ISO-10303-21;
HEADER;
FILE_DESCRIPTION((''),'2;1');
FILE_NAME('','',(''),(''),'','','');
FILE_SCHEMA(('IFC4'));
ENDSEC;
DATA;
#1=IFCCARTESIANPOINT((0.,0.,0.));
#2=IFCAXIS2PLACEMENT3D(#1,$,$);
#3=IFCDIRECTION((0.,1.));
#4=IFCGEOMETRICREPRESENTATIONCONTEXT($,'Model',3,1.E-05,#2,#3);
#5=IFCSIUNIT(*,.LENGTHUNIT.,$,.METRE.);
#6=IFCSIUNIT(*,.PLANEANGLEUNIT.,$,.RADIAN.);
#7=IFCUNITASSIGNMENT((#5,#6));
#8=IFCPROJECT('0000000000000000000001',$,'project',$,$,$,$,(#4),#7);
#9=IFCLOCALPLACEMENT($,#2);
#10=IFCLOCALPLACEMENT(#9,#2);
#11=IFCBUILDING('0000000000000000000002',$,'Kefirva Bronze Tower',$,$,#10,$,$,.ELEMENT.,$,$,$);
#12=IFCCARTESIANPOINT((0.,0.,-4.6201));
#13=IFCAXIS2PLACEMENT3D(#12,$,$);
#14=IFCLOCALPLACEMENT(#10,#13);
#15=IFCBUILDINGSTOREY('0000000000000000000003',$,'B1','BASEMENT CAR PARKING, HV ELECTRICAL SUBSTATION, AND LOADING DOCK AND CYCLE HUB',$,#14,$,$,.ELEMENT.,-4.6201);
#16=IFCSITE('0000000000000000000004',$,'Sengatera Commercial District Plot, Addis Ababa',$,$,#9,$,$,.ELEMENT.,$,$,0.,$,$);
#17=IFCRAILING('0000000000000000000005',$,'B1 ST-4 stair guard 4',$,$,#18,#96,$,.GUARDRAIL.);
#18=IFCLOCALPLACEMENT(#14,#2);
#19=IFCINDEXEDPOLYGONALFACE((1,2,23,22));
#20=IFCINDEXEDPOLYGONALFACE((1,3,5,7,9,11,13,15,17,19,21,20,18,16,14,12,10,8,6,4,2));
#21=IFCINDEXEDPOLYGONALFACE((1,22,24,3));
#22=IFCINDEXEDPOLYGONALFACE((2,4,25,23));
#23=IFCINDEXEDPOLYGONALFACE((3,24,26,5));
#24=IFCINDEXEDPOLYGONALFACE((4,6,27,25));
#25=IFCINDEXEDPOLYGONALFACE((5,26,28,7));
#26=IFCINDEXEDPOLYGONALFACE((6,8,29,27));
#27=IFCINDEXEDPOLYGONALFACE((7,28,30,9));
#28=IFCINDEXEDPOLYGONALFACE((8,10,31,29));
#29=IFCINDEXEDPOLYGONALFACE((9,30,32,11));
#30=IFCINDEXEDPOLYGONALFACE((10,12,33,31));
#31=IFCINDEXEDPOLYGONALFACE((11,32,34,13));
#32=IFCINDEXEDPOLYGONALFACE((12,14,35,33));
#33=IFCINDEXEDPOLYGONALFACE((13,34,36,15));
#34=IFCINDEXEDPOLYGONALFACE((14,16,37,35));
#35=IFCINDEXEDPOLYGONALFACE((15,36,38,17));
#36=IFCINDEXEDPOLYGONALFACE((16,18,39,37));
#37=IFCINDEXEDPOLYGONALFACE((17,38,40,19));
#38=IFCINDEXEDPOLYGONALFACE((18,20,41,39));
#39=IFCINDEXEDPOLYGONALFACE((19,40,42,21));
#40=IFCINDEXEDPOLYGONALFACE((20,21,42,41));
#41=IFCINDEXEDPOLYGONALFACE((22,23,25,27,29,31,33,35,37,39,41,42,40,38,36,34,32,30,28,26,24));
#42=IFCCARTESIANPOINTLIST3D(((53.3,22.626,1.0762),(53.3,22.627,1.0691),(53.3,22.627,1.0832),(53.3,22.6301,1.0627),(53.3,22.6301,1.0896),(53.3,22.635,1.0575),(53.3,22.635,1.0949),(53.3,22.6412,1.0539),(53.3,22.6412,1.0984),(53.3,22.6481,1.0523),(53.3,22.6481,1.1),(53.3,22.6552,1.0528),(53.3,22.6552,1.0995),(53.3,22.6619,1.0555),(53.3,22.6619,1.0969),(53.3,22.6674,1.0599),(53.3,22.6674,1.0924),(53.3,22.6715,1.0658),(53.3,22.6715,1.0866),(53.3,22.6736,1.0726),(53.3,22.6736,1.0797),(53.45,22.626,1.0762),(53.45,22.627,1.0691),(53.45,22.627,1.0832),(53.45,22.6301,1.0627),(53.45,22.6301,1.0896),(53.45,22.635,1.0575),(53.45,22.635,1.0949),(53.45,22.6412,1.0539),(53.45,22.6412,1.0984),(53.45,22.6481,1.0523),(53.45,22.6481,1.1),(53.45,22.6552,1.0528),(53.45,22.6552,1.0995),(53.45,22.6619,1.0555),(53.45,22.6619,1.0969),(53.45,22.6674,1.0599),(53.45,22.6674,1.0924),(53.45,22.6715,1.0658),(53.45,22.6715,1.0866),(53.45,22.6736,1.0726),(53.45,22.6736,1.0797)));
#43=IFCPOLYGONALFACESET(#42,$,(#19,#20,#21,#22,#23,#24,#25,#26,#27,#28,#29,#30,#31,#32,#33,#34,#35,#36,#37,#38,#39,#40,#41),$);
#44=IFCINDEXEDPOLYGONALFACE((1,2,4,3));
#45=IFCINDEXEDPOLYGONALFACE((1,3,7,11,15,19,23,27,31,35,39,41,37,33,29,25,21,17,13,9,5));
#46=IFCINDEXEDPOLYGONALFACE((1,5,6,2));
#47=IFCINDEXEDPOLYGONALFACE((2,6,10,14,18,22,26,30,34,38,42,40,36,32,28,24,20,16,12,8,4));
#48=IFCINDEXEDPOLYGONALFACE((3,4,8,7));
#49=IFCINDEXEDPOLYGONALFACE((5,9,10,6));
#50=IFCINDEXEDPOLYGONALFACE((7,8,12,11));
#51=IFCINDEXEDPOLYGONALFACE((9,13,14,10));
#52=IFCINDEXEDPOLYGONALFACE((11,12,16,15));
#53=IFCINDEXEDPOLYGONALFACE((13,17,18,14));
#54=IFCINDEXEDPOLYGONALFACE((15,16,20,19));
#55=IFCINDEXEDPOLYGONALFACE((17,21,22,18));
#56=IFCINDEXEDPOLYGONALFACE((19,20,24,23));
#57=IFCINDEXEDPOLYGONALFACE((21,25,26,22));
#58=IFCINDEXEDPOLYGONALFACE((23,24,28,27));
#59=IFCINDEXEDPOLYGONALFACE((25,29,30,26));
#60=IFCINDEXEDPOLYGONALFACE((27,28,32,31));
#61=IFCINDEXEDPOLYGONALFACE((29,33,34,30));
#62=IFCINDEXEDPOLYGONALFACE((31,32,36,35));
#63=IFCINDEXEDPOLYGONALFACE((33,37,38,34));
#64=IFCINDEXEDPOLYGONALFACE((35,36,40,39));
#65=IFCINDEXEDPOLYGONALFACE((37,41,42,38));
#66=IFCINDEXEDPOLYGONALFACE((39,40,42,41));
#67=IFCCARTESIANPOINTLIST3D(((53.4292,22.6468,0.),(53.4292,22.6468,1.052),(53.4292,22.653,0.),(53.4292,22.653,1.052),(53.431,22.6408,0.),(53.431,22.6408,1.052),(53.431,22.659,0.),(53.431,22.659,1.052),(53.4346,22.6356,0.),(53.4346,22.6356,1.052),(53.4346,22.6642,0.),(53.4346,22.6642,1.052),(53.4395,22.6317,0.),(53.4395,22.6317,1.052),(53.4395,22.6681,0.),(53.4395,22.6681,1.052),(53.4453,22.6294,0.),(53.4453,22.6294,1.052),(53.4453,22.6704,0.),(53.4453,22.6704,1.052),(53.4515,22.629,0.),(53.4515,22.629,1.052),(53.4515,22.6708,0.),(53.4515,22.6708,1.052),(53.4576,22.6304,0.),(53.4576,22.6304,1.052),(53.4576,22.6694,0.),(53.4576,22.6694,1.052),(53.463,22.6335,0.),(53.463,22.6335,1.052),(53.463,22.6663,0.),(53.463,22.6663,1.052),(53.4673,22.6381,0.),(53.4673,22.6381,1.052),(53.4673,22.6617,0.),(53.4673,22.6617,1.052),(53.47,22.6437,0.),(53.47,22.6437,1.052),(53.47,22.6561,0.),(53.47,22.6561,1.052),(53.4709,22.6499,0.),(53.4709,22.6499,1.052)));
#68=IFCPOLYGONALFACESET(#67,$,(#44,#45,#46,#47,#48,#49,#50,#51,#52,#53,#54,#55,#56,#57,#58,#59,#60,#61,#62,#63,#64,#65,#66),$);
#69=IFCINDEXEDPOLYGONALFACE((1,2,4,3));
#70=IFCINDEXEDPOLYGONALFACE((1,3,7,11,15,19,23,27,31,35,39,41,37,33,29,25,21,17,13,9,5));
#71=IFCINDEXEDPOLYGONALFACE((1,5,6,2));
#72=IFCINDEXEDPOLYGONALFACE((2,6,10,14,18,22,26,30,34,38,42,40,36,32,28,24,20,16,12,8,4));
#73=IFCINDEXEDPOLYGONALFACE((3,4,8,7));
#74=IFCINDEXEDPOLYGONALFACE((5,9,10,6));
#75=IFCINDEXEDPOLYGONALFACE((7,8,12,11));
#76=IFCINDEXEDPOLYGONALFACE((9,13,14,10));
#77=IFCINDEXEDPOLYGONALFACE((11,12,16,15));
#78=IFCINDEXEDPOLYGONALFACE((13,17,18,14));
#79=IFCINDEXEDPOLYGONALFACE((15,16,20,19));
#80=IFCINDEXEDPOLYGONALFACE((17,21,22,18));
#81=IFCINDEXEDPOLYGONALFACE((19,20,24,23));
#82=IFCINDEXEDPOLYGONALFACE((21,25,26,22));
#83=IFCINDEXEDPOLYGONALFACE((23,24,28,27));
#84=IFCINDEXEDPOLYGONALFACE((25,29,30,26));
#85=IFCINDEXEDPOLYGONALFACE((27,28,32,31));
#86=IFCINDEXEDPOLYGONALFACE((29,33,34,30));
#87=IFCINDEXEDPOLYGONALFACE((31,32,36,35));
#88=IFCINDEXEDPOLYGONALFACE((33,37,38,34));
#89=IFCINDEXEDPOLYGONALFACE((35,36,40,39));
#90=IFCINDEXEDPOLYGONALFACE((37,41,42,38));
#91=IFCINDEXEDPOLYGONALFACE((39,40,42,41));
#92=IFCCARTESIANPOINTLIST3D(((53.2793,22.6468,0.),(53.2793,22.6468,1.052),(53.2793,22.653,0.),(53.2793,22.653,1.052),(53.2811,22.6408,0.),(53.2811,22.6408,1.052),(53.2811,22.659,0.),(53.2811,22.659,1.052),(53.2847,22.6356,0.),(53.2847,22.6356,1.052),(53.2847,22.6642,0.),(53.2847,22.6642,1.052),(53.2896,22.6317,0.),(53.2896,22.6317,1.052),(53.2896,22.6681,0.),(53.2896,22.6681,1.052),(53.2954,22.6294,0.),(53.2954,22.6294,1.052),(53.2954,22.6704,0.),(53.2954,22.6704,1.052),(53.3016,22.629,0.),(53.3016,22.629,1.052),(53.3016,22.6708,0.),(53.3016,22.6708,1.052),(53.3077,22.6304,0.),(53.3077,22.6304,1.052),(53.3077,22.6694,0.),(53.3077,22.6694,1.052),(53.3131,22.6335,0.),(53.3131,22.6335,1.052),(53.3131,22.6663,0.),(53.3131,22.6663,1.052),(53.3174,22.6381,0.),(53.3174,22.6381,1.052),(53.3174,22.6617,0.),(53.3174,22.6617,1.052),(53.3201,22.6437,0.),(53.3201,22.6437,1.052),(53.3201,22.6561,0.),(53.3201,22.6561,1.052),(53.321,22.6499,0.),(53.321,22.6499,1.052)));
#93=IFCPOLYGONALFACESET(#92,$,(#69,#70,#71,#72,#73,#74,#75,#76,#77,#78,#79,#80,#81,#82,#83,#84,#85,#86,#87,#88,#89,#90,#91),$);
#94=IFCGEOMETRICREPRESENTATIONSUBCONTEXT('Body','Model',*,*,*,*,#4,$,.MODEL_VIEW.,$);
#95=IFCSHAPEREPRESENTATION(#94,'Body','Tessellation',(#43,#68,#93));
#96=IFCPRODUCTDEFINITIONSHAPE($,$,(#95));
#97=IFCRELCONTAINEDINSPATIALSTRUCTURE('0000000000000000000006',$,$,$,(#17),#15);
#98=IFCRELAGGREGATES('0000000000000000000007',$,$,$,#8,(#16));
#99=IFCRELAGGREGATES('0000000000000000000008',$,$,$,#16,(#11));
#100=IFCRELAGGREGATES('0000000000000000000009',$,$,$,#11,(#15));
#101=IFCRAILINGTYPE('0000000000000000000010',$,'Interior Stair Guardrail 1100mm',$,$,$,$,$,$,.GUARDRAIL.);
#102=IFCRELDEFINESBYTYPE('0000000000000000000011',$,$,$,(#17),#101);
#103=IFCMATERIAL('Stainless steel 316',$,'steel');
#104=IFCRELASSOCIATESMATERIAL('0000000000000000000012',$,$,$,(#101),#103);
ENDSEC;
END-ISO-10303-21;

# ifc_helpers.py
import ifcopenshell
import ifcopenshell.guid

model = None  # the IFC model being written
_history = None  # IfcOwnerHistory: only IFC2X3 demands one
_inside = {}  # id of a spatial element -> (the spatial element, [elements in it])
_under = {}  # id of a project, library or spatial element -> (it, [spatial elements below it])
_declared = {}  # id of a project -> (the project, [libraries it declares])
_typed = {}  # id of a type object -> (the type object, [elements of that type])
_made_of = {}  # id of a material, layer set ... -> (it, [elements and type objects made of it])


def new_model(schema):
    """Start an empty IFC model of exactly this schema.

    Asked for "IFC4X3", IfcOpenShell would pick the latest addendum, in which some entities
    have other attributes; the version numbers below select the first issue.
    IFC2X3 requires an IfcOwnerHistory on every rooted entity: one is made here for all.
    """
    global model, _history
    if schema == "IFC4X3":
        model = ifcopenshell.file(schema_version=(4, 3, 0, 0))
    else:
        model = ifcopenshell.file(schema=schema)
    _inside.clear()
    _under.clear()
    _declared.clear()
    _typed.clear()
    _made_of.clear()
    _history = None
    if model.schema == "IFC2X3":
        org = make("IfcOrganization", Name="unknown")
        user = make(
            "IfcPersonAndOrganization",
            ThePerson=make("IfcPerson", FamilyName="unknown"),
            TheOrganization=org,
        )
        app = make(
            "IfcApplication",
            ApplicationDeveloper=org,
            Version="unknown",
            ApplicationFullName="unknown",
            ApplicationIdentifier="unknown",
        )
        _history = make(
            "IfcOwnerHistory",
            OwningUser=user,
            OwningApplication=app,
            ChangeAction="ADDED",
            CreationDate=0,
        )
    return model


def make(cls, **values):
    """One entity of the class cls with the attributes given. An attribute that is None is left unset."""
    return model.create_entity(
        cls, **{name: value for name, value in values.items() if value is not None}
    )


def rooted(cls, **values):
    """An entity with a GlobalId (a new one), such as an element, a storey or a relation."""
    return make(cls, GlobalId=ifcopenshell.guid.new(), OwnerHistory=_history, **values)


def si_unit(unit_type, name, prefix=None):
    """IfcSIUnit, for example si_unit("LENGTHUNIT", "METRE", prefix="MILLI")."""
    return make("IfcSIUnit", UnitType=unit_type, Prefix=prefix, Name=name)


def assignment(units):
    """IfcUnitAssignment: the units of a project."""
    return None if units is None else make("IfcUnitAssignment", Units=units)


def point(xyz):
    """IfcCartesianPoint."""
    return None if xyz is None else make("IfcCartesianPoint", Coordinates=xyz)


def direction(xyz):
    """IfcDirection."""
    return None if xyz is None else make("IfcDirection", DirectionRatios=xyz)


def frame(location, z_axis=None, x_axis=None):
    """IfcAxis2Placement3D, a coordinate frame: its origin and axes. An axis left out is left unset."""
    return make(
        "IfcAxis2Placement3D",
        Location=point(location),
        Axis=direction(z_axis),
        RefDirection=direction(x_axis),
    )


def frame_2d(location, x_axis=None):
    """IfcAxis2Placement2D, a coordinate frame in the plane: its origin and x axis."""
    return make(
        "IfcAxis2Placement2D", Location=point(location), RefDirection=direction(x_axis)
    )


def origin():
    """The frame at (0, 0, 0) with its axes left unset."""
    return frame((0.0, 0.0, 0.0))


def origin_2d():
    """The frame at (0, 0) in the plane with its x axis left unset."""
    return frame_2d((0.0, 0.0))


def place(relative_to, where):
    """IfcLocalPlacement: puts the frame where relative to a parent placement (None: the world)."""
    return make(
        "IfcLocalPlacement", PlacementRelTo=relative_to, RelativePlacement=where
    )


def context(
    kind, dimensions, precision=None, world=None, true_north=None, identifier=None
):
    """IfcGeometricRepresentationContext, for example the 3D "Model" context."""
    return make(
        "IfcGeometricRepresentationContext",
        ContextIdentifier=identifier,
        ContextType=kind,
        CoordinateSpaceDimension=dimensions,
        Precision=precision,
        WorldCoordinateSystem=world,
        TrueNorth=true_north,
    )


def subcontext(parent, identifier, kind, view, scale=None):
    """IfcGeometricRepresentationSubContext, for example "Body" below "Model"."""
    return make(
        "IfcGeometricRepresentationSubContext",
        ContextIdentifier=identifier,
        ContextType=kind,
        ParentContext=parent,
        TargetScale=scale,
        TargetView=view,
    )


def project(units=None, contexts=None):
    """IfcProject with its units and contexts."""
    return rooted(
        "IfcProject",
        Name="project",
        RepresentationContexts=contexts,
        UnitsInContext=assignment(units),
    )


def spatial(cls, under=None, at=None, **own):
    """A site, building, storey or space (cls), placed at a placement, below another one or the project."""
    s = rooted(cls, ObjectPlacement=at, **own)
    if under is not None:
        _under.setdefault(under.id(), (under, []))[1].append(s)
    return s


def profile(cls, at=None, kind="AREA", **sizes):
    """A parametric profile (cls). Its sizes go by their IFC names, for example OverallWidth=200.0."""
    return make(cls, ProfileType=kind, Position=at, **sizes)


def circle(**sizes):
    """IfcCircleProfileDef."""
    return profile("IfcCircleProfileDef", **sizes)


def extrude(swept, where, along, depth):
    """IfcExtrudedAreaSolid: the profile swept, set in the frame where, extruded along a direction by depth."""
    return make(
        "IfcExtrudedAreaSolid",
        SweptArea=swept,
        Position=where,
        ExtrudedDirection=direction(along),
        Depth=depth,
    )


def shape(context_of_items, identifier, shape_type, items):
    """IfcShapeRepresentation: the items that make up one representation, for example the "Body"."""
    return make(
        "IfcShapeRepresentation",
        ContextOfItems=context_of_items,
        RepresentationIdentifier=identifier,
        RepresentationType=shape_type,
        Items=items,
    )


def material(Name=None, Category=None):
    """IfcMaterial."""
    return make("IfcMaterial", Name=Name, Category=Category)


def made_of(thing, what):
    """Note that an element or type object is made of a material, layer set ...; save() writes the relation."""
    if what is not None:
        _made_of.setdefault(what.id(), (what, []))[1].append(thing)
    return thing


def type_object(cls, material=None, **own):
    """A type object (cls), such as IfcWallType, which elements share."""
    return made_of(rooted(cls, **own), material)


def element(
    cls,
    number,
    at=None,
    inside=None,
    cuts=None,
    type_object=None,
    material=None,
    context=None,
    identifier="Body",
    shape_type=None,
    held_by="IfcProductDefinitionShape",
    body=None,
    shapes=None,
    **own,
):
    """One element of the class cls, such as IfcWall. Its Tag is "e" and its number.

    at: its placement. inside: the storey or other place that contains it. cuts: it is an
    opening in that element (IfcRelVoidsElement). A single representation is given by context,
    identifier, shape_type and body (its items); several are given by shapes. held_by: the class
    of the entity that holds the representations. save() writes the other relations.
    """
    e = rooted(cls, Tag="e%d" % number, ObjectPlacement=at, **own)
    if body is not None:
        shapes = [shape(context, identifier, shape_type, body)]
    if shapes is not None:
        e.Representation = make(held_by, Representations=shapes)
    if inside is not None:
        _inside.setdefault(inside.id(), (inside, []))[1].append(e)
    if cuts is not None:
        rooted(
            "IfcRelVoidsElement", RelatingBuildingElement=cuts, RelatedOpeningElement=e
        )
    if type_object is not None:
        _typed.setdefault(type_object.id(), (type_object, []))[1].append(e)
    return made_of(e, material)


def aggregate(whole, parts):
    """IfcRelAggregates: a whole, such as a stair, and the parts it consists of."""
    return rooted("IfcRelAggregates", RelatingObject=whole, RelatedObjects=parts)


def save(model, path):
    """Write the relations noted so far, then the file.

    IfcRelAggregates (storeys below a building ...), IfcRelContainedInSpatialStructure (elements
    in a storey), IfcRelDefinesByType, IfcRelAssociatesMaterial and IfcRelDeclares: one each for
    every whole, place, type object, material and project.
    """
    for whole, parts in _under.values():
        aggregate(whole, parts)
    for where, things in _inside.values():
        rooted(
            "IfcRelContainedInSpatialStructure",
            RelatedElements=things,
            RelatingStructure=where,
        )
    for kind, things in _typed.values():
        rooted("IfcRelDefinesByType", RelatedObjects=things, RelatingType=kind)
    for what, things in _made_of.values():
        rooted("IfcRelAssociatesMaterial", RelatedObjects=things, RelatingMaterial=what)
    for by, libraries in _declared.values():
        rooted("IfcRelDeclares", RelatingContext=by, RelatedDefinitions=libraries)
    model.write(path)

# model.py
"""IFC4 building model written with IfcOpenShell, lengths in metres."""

from ifc_helpers import new_model, si_unit, direction, frame, origin, origin_2d, place, context, subcontext, project, spatial, circle, extrude, material, type_object, element, save


model = new_model("IFC4")

# Units and contexts
model_context = context("Model", 3, precision=1e-05, world=origin(), true_north=direction((0.0, 1.0)))
body_context = subcontext(model_context, "Body", "Model", "MODEL_VIEW")
ifc_project = project(units=[si_unit("LENGTHUNIT", "METRE"), si_unit("PLANEANGLEUNIT", "RADIAN")], contexts=[model_context])

# Site, building, storey
site_placement = place(None, origin())
site = spatial("IfcSite", under=ifc_project, at=site_placement, Name="Sengatera Commercial District Plot, Addis Ababa", CompositionType="ELEMENT", RefElevation=0.0)
building_placement = place(site_placement, origin())
building = spatial("IfcBuilding", under=site, at=building_placement, Name="Kefirva Bronze Tower", CompositionType="ELEMENT")
storey_placement = place(building_placement, frame((0.0, 0.0, -4.6201)))
storey = spatial("IfcBuildingStorey", under=building, at=storey_placement, Name="B1", Description="BASEMENT CAR PARKING, HV ELECTRICAL SUBSTATION, AND LOADING DOCK AND CYCLE HUB", CompositionType="ELEMENT", Elevation=-4.6201)

# Railing
ifc_material_1 = material(Name="Stainless steel 316", Category="steel")
railing_type_1 = type_object("IfcRailingType", Name="Interior Stair Guardrail 1100mm", PredefinedType="GUARDRAIL", material=ifc_material_1)
railing_1_placement = place(storey_placement, frame((53.45, 22.6499, 0.0)))
element("IfcRailing", 1, at=railing_1_placement, inside=storey, type_object=railing_type_1, Name="B1 ST-4 stair guard 4", PredefinedType="GUARDRAIL", context=body_context, shape_type="SweptSolid", body=[
    extrude(circle(Radius=0.0239, at=origin_2d()), frame((0.0, 0.0, 1.0762), z_axis=(-1.0, 0.0, 0.0), x_axis=(0.0, -1.0, 0.0)), (0.0, 0.0, 1.0), 0.1499),
    extrude(circle(Radius=0.021, at=origin_2d()), origin(), (0.0, 0.0, 1.0), 1.052),
    extrude(circle(Radius=0.021, at=origin_2d()), frame((-0.1499, 0.0, 0.0)), (0.0, 0.0, 1.0), 1.052),
])

save(model, "model.ifc")
